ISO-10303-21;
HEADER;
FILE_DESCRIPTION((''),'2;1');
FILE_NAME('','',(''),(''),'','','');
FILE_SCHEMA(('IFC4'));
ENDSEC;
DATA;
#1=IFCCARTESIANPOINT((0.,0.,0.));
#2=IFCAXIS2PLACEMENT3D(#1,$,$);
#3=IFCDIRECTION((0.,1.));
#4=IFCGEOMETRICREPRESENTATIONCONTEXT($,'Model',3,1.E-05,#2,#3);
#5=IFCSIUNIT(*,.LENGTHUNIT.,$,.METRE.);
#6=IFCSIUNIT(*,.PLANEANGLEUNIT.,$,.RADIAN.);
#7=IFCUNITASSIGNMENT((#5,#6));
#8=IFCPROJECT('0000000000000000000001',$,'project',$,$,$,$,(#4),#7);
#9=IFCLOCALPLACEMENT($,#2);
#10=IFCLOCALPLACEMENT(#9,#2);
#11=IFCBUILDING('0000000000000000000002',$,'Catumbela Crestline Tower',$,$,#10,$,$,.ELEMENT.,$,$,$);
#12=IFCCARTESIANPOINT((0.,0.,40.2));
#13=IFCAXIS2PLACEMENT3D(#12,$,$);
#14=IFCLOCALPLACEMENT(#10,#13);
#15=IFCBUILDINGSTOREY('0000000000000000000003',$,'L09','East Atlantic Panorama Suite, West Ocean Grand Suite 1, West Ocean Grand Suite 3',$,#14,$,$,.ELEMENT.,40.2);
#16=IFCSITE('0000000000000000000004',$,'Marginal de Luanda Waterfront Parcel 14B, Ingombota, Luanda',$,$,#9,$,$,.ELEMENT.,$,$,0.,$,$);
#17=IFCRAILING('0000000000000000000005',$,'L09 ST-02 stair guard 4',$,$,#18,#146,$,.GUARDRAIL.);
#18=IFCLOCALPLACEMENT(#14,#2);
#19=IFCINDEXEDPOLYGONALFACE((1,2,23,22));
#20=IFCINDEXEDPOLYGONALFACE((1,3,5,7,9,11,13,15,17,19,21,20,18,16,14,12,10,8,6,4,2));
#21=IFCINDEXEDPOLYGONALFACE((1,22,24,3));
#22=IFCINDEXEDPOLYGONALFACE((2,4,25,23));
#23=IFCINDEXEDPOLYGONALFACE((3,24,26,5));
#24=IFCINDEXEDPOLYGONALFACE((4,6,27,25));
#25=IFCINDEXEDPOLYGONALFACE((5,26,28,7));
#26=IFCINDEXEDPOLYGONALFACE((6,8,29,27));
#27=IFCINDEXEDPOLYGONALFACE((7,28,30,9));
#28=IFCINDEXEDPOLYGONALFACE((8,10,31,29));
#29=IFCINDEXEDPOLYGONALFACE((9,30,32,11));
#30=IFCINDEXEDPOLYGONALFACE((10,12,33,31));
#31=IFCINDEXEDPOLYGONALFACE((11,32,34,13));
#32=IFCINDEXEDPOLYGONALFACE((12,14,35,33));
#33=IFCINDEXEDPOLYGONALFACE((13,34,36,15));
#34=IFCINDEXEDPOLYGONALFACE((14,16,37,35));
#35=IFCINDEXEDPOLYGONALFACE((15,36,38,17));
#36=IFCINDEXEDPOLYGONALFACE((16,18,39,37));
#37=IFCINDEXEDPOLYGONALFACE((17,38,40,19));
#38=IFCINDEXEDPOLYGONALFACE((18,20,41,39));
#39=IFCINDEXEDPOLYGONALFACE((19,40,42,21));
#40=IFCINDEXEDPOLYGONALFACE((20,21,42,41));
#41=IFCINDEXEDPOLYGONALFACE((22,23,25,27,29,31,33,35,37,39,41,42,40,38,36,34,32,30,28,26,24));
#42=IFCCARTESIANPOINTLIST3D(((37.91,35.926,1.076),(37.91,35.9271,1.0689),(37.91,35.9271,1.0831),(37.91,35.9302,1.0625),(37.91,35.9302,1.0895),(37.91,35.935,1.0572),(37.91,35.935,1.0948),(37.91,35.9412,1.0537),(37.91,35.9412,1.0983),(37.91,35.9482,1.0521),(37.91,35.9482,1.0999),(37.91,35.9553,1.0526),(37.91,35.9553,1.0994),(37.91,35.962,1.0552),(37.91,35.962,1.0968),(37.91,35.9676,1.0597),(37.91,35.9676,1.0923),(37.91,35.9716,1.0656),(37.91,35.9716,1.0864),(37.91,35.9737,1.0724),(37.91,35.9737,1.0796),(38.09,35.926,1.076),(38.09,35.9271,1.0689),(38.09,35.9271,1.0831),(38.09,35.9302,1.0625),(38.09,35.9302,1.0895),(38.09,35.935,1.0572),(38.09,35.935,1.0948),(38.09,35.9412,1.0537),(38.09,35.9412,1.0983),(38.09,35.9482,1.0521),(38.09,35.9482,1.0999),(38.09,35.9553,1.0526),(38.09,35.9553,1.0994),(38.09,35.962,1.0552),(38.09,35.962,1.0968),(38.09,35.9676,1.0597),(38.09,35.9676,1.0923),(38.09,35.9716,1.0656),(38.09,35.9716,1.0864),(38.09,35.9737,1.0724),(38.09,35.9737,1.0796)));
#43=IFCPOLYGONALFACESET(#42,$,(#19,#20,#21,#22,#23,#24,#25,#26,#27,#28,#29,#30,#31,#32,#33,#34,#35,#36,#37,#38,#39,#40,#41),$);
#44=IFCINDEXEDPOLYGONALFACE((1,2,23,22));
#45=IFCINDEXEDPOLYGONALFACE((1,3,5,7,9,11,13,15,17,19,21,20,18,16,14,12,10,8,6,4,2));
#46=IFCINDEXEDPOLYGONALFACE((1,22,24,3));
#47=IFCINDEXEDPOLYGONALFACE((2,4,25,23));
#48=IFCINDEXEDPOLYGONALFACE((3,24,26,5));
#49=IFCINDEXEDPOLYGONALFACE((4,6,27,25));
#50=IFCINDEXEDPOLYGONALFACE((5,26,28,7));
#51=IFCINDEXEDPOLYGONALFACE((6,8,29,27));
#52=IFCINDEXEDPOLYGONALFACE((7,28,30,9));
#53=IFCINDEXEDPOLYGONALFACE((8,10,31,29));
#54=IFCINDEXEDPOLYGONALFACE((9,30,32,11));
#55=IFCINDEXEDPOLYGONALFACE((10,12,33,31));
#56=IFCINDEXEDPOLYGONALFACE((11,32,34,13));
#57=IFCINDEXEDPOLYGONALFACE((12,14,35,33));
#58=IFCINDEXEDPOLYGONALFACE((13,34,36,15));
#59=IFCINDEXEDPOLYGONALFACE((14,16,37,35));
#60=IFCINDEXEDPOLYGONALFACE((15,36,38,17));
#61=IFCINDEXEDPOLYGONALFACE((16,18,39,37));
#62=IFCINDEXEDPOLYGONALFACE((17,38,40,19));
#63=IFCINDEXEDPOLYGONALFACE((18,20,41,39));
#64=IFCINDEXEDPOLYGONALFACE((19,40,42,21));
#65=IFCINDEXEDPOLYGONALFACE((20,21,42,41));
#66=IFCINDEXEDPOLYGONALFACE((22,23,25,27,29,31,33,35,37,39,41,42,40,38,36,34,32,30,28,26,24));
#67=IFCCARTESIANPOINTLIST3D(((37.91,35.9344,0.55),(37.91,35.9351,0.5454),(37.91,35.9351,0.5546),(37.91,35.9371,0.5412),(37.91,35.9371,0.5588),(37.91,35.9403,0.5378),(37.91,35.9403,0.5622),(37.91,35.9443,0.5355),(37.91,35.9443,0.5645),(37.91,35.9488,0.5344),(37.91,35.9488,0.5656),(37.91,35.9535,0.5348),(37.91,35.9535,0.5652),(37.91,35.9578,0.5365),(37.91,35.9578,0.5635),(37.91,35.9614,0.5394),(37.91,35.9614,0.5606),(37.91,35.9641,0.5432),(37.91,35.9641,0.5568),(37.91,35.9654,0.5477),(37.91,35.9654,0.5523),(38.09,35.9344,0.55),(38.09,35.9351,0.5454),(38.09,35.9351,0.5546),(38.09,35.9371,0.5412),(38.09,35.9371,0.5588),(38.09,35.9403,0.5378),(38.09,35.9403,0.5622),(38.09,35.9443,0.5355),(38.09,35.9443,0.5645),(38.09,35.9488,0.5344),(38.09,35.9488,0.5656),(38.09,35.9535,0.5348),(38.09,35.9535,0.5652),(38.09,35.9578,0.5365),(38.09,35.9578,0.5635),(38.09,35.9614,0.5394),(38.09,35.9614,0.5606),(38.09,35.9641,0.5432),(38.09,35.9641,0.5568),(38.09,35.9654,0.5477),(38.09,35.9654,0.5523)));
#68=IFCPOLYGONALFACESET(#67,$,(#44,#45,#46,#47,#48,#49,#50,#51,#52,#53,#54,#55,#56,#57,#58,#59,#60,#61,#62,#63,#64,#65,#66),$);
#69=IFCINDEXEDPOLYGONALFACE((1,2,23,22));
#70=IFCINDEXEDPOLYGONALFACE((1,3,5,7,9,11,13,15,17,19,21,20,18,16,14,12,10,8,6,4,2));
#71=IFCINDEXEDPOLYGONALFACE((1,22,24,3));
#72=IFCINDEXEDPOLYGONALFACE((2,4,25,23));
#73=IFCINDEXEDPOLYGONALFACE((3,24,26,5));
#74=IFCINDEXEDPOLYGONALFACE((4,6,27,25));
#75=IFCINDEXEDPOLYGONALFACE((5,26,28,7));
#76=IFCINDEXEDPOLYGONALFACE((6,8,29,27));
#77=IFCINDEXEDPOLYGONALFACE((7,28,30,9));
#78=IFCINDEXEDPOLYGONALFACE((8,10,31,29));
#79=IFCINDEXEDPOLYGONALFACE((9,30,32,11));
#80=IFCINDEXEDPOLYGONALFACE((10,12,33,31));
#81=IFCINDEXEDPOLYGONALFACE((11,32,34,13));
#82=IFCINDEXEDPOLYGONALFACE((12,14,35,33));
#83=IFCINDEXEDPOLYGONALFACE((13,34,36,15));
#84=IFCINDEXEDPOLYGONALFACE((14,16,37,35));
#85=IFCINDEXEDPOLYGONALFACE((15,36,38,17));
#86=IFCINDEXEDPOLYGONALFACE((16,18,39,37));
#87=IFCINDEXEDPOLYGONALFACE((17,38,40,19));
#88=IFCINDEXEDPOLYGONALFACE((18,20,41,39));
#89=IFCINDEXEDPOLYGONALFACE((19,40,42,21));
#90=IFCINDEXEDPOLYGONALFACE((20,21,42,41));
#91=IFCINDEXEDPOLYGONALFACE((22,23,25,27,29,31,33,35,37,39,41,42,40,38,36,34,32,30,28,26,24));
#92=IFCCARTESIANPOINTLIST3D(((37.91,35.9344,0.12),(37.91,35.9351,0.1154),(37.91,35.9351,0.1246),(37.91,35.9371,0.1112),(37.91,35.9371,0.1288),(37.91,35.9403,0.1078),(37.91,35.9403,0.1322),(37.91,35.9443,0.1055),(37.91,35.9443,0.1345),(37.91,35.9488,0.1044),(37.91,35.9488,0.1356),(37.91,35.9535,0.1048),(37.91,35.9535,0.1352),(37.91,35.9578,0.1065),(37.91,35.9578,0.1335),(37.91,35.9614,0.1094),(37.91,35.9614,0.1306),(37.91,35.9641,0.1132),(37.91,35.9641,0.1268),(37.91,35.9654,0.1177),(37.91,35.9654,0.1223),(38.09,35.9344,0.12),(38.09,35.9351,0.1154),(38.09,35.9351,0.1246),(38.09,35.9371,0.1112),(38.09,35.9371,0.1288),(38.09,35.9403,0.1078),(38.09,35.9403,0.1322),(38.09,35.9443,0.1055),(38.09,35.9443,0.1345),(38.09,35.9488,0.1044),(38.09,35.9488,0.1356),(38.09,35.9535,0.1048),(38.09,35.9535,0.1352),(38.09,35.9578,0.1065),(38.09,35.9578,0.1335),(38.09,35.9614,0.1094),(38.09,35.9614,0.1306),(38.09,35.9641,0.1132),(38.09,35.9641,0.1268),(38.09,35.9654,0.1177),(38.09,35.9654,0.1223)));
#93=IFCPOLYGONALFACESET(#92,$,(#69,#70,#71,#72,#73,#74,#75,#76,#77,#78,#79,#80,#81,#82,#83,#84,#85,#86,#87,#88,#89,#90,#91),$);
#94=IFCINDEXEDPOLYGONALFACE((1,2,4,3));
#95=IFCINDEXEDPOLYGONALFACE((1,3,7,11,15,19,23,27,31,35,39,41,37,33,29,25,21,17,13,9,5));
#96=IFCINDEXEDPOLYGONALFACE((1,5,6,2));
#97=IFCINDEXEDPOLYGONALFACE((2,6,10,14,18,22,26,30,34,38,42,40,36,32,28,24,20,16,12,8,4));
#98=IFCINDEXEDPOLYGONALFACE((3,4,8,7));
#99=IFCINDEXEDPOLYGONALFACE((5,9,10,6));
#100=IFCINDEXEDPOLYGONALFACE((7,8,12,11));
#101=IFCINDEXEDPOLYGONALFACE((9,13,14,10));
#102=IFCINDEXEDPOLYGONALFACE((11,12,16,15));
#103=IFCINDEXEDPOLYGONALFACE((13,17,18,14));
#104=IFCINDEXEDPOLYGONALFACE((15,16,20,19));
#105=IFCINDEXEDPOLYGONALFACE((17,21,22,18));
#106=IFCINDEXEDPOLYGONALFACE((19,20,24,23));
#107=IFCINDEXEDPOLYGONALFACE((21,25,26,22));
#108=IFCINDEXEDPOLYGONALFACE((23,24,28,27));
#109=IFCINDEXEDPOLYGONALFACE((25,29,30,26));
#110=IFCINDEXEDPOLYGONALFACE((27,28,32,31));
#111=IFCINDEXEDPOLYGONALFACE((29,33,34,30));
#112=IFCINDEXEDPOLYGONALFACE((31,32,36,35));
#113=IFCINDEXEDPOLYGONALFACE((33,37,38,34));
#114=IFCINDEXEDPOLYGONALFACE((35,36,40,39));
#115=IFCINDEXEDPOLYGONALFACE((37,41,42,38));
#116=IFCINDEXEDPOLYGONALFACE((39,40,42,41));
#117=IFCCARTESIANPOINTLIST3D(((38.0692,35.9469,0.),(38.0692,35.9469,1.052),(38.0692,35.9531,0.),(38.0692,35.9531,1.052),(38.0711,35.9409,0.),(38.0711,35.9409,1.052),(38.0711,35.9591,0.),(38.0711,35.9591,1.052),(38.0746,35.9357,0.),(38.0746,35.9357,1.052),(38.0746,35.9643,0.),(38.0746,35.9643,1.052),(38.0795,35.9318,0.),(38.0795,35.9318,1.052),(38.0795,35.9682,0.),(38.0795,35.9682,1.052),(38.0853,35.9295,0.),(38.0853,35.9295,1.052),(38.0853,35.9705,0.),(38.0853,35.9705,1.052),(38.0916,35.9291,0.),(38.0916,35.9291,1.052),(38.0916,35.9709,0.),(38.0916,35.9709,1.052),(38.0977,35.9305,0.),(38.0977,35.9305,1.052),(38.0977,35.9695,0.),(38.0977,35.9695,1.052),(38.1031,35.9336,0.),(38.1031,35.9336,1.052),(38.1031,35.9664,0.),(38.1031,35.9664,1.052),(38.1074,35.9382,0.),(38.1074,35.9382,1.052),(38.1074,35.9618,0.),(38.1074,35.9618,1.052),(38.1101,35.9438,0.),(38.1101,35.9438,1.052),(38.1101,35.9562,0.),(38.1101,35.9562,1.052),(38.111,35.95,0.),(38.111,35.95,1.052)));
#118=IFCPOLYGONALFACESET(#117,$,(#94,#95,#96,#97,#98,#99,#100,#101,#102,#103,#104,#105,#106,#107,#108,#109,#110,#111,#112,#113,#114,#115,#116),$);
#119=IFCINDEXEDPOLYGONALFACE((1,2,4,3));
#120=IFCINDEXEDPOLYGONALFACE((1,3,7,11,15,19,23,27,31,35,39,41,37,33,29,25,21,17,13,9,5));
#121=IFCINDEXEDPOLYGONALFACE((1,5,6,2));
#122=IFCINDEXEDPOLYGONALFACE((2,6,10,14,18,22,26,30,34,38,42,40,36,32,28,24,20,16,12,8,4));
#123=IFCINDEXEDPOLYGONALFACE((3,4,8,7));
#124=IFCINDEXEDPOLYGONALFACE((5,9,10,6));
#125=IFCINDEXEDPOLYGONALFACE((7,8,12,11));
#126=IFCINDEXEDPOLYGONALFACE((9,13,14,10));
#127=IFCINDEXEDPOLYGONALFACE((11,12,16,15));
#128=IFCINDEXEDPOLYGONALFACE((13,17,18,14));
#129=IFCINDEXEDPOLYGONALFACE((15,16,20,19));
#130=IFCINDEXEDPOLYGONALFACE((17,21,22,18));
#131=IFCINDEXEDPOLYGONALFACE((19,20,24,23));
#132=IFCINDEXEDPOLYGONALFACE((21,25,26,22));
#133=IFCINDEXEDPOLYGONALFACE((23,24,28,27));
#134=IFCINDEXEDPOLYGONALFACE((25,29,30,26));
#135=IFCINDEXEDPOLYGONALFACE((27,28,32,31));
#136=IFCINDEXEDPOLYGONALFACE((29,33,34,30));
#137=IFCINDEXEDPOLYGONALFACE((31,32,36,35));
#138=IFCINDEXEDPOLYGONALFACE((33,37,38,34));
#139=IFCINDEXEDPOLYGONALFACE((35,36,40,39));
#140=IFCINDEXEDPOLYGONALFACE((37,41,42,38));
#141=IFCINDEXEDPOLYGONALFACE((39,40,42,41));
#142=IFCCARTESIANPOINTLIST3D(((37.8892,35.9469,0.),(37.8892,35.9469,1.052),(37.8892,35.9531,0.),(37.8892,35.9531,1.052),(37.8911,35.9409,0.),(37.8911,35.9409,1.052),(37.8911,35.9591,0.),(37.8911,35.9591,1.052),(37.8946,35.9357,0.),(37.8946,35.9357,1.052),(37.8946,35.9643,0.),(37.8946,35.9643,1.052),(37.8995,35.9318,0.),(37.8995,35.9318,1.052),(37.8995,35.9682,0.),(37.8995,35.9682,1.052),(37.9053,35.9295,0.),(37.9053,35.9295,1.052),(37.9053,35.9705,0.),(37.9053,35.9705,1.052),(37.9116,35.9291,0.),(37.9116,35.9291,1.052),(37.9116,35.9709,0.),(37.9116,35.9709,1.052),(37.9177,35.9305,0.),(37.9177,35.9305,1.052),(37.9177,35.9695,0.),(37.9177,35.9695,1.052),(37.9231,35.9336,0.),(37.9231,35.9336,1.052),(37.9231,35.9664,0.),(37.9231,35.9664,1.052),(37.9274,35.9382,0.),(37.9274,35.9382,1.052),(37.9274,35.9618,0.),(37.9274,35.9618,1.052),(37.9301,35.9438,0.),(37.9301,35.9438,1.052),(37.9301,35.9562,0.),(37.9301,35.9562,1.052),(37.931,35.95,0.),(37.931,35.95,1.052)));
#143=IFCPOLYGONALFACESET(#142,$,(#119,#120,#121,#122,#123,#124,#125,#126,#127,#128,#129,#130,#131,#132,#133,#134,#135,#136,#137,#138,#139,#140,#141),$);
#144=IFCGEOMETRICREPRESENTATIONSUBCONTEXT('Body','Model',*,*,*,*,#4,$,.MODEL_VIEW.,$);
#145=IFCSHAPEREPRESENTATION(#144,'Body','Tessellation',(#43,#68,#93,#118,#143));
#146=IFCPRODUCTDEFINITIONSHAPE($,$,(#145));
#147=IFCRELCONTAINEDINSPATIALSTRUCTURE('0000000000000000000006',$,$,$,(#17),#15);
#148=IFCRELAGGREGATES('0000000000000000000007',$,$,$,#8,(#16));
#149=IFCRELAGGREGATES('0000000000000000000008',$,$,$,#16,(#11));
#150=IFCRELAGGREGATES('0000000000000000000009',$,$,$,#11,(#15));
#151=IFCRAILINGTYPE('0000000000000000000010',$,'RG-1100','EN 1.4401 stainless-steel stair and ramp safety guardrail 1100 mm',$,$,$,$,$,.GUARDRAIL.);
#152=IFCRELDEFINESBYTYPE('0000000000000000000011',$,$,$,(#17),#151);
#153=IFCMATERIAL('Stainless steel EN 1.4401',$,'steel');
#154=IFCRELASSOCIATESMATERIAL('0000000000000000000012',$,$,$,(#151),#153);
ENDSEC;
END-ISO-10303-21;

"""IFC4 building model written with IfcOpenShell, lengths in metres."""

from ifc_helpers import new_model, si_unit, direction, frame, origin, origin_2d, place, context, subcontext, project, spatial, circle, extrude, material, type_object, element, save


model = new_model("IFC4")

# Units and contexts
model_context = context("Model", 3, precision=1e-05, world=origin(), true_north=direction((0.0, 1.0)))
body_context = subcontext(model_context, "Body", "Model", "MODEL_VIEW")
ifc_project = project(units=[si_unit("LENGTHUNIT", "METRE"), si_unit("PLANEANGLEUNIT", "RADIAN")], contexts=[model_context])

# Site, building, storey
site_placement = place(None, origin())
site = spatial("IfcSite", under=ifc_project, at=site_placement, Name="Marginal de Luanda Waterfront Parcel 14B, Ingombota, Luanda", CompositionType="ELEMENT", RefElevation=0.0)
building_placement = place(site_placement, origin())
building = spatial("IfcBuilding", under=site, at=building_placement, Name="Catumbela Crestline Tower", CompositionType="ELEMENT")
storey_placement = place(building_placement, frame((0.0, 0.0, 40.2)))
storey = spatial("IfcBuildingStorey", under=building, at=storey_placement, Name="L09", Description="East Atlantic Panorama Suite, West Ocean Grand Suite 1, West Ocean Grand Suite 3", CompositionType="ELEMENT", Elevation=40.2)

# Shared definitions
ifc_material_1 = material(Name="Stainless steel EN 1.4401", Category="steel")

# Railing
railing_type_1 = type_object("IfcRailingType", Name="RG-1100", Description="EN 1.4401 stainless-steel stair and ramp safety guardrail 1100 mm", PredefinedType="GUARDRAIL", material=ifc_material_1)
railing_1_placement = place(storey_placement, frame((38.09, 35.95, 0.0)))
element("IfcRailing", 1, at=railing_1_placement, inside=storey, type_object=railing_type_1, Name="L09 ST-02 stair guard 4", PredefinedType="GUARDRAIL", context=body_context, shape_type="SweptSolid", body=[
    extrude(circle(Radius=0.024, at=origin_2d()), frame((0.0, 0.0, 1.076), z_axis=(-1.0, 0.0, 0.0), x_axis=(0.0, -1.0, 0.0)), (0.0, 0.0, 1.0), 0.18),
    extrude(circle(Radius=0.0156, at=origin_2d()), frame((0.0, 0.0, 0.55), z_axis=(-1.0, 0.0, 0.0), x_axis=(0.0, -1.0, 0.0)), (0.0, 0.0, 1.0), 0.18),
    extrude(circle(Radius=0.0156, at=origin_2d()), frame((0.0, 0.0, 0.12), z_axis=(-1.0, 0.0, 0.0), x_axis=(0.0, -1.0, 0.0)), (0.0, 0.0, 1.0), 0.18),
    extrude(circle(Radius=0.021, at=origin_2d()), origin(), (0.0, 0.0, 1.0), 1.052),
    extrude(circle(Radius=0.021, at=origin_2d()), frame((-0.18, 0.0, 0.0)), (0.0, 0.0, 1.0), 1.052),
])

save(model, "model.ifc")
